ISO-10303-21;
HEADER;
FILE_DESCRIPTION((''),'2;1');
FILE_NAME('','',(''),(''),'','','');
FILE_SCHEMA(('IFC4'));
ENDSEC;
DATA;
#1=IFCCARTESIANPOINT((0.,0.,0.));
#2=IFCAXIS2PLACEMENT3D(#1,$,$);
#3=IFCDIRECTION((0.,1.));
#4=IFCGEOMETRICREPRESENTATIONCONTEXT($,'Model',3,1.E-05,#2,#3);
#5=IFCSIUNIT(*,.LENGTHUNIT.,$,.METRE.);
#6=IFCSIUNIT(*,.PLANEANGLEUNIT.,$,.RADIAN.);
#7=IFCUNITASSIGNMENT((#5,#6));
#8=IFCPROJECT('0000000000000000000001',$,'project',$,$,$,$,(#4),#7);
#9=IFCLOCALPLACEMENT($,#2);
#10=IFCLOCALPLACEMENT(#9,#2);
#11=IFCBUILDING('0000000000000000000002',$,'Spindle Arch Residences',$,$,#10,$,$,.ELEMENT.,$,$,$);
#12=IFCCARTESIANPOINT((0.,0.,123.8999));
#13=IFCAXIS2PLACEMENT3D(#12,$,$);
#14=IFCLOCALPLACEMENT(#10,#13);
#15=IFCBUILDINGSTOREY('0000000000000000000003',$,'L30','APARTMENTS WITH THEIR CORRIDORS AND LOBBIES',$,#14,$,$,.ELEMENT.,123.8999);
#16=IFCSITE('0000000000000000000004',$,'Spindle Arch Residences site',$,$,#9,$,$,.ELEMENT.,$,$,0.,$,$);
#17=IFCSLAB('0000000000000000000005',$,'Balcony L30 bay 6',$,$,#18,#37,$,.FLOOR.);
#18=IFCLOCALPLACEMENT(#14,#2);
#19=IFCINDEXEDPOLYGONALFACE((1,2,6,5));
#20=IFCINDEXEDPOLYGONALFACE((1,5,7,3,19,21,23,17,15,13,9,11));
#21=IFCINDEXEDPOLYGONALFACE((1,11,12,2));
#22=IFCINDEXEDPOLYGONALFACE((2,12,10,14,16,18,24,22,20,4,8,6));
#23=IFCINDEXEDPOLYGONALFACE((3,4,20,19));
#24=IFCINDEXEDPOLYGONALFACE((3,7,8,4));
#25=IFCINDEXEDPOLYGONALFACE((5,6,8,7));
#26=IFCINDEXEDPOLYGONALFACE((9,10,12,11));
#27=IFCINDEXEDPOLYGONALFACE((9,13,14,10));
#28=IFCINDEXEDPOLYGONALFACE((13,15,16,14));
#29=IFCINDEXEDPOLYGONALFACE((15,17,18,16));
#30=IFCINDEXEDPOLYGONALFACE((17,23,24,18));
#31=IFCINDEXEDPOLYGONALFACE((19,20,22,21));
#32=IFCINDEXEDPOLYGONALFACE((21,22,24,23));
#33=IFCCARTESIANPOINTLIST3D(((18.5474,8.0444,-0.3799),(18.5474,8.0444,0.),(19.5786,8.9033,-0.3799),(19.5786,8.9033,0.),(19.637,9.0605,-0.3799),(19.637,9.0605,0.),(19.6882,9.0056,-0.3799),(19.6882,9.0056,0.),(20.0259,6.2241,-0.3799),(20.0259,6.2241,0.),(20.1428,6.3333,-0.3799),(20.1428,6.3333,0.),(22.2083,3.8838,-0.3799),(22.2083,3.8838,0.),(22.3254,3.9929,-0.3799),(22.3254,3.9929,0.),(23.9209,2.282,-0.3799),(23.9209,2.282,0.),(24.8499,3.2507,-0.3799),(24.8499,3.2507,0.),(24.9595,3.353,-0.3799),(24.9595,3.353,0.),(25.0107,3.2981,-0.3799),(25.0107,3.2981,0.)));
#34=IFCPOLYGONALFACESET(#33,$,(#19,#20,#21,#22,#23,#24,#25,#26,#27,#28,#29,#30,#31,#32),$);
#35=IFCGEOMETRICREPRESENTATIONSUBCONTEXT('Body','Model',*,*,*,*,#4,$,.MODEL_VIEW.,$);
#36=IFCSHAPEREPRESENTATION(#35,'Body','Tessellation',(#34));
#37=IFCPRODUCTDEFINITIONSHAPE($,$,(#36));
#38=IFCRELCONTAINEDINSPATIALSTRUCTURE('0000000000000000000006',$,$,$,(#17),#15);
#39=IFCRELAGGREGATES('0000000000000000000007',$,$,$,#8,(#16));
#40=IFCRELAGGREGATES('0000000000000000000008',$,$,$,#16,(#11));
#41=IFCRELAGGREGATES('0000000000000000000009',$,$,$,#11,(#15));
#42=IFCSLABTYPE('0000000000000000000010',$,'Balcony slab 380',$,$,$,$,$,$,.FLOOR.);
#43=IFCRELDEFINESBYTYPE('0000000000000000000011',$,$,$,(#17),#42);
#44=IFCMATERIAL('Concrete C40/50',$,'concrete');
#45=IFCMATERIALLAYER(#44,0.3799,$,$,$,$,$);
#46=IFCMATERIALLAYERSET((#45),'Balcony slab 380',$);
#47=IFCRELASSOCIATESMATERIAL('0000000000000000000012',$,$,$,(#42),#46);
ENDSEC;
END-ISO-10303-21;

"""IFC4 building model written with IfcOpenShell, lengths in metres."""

from ifc_helpers import new_model, si_unit, direction, frame, origin, place, context, subcontext, project, spatial, polyline, outline, extrude, material, layer, layer_set, type_object, element, save


model = new_model("IFC4")

# Units and contexts
model_context = context("Model", 3, precision=1e-05, world=origin(), true_north=direction((0.0, 1.0)))
body_context = subcontext(model_context, "Body", "Model", "MODEL_VIEW")
ifc_project = project(units=[si_unit("LENGTHUNIT", "METRE"), si_unit("PLANEANGLEUNIT", "RADIAN")], contexts=[model_context])

# Site, building, storey
site_placement = place(None, origin())
site = spatial("IfcSite", under=ifc_project, at=site_placement, Name="Spindle Arch Residences site", CompositionType="ELEMENT", RefElevation=0.0)
building_placement = place(site_placement, origin())
building = spatial("IfcBuilding", under=site, at=building_placement, Name="Spindle Arch Residences", CompositionType="ELEMENT")
storey_placement = place(building_placement, frame((0.0, 0.0, 123.8999)))
storey = spatial("IfcBuildingStorey", under=building, at=storey_placement, Name="L30", Description="APARTMENTS WITH THEIR CORRIDORS AND LOBBIES", CompositionType="ELEMENT", Elevation=123.8999)

# Slab
ifc_material_1 = material(Name="Concrete C40/50", Category="concrete")
ifc_layer_1 = layer(ifc_material_1, 0.3799)
ifc_layer_set_1 = layer_set([ifc_layer_1], Name="Balcony slab 380")
slab_type_1 = type_object("IfcSlabType", Name="Balcony slab 380", PredefinedType="FLOOR", material=ifc_layer_set_1)
slab_1_placement = place(storey_placement, frame((0.0, 0.0, -0.3799)))
element("IfcSlab", 1, at=slab_1_placement, inside=storey, type_object=slab_type_1, Name="Balcony L30 bay 6", PredefinedType="FLOOR", context=body_context, shape_type="SweptSolid", body=[
    extrude(outline(polyline([(25.0107, 3.2981), (24.9595, 3.353), (24.8499, 3.2507), (19.5786, 8.9033), (19.6882, 9.0056), (19.637, 9.0605), (18.5474, 8.0444), (20.1428, 6.3333), (20.0259, 6.2241), (22.2083, 3.8838), (22.3254, 3.9929), (23.9209, 2.282), (25.0107, 3.2981)])), origin(), (0.0, 0.0, 1.0), 0.3799),
])

save(model, "model.ifc")
